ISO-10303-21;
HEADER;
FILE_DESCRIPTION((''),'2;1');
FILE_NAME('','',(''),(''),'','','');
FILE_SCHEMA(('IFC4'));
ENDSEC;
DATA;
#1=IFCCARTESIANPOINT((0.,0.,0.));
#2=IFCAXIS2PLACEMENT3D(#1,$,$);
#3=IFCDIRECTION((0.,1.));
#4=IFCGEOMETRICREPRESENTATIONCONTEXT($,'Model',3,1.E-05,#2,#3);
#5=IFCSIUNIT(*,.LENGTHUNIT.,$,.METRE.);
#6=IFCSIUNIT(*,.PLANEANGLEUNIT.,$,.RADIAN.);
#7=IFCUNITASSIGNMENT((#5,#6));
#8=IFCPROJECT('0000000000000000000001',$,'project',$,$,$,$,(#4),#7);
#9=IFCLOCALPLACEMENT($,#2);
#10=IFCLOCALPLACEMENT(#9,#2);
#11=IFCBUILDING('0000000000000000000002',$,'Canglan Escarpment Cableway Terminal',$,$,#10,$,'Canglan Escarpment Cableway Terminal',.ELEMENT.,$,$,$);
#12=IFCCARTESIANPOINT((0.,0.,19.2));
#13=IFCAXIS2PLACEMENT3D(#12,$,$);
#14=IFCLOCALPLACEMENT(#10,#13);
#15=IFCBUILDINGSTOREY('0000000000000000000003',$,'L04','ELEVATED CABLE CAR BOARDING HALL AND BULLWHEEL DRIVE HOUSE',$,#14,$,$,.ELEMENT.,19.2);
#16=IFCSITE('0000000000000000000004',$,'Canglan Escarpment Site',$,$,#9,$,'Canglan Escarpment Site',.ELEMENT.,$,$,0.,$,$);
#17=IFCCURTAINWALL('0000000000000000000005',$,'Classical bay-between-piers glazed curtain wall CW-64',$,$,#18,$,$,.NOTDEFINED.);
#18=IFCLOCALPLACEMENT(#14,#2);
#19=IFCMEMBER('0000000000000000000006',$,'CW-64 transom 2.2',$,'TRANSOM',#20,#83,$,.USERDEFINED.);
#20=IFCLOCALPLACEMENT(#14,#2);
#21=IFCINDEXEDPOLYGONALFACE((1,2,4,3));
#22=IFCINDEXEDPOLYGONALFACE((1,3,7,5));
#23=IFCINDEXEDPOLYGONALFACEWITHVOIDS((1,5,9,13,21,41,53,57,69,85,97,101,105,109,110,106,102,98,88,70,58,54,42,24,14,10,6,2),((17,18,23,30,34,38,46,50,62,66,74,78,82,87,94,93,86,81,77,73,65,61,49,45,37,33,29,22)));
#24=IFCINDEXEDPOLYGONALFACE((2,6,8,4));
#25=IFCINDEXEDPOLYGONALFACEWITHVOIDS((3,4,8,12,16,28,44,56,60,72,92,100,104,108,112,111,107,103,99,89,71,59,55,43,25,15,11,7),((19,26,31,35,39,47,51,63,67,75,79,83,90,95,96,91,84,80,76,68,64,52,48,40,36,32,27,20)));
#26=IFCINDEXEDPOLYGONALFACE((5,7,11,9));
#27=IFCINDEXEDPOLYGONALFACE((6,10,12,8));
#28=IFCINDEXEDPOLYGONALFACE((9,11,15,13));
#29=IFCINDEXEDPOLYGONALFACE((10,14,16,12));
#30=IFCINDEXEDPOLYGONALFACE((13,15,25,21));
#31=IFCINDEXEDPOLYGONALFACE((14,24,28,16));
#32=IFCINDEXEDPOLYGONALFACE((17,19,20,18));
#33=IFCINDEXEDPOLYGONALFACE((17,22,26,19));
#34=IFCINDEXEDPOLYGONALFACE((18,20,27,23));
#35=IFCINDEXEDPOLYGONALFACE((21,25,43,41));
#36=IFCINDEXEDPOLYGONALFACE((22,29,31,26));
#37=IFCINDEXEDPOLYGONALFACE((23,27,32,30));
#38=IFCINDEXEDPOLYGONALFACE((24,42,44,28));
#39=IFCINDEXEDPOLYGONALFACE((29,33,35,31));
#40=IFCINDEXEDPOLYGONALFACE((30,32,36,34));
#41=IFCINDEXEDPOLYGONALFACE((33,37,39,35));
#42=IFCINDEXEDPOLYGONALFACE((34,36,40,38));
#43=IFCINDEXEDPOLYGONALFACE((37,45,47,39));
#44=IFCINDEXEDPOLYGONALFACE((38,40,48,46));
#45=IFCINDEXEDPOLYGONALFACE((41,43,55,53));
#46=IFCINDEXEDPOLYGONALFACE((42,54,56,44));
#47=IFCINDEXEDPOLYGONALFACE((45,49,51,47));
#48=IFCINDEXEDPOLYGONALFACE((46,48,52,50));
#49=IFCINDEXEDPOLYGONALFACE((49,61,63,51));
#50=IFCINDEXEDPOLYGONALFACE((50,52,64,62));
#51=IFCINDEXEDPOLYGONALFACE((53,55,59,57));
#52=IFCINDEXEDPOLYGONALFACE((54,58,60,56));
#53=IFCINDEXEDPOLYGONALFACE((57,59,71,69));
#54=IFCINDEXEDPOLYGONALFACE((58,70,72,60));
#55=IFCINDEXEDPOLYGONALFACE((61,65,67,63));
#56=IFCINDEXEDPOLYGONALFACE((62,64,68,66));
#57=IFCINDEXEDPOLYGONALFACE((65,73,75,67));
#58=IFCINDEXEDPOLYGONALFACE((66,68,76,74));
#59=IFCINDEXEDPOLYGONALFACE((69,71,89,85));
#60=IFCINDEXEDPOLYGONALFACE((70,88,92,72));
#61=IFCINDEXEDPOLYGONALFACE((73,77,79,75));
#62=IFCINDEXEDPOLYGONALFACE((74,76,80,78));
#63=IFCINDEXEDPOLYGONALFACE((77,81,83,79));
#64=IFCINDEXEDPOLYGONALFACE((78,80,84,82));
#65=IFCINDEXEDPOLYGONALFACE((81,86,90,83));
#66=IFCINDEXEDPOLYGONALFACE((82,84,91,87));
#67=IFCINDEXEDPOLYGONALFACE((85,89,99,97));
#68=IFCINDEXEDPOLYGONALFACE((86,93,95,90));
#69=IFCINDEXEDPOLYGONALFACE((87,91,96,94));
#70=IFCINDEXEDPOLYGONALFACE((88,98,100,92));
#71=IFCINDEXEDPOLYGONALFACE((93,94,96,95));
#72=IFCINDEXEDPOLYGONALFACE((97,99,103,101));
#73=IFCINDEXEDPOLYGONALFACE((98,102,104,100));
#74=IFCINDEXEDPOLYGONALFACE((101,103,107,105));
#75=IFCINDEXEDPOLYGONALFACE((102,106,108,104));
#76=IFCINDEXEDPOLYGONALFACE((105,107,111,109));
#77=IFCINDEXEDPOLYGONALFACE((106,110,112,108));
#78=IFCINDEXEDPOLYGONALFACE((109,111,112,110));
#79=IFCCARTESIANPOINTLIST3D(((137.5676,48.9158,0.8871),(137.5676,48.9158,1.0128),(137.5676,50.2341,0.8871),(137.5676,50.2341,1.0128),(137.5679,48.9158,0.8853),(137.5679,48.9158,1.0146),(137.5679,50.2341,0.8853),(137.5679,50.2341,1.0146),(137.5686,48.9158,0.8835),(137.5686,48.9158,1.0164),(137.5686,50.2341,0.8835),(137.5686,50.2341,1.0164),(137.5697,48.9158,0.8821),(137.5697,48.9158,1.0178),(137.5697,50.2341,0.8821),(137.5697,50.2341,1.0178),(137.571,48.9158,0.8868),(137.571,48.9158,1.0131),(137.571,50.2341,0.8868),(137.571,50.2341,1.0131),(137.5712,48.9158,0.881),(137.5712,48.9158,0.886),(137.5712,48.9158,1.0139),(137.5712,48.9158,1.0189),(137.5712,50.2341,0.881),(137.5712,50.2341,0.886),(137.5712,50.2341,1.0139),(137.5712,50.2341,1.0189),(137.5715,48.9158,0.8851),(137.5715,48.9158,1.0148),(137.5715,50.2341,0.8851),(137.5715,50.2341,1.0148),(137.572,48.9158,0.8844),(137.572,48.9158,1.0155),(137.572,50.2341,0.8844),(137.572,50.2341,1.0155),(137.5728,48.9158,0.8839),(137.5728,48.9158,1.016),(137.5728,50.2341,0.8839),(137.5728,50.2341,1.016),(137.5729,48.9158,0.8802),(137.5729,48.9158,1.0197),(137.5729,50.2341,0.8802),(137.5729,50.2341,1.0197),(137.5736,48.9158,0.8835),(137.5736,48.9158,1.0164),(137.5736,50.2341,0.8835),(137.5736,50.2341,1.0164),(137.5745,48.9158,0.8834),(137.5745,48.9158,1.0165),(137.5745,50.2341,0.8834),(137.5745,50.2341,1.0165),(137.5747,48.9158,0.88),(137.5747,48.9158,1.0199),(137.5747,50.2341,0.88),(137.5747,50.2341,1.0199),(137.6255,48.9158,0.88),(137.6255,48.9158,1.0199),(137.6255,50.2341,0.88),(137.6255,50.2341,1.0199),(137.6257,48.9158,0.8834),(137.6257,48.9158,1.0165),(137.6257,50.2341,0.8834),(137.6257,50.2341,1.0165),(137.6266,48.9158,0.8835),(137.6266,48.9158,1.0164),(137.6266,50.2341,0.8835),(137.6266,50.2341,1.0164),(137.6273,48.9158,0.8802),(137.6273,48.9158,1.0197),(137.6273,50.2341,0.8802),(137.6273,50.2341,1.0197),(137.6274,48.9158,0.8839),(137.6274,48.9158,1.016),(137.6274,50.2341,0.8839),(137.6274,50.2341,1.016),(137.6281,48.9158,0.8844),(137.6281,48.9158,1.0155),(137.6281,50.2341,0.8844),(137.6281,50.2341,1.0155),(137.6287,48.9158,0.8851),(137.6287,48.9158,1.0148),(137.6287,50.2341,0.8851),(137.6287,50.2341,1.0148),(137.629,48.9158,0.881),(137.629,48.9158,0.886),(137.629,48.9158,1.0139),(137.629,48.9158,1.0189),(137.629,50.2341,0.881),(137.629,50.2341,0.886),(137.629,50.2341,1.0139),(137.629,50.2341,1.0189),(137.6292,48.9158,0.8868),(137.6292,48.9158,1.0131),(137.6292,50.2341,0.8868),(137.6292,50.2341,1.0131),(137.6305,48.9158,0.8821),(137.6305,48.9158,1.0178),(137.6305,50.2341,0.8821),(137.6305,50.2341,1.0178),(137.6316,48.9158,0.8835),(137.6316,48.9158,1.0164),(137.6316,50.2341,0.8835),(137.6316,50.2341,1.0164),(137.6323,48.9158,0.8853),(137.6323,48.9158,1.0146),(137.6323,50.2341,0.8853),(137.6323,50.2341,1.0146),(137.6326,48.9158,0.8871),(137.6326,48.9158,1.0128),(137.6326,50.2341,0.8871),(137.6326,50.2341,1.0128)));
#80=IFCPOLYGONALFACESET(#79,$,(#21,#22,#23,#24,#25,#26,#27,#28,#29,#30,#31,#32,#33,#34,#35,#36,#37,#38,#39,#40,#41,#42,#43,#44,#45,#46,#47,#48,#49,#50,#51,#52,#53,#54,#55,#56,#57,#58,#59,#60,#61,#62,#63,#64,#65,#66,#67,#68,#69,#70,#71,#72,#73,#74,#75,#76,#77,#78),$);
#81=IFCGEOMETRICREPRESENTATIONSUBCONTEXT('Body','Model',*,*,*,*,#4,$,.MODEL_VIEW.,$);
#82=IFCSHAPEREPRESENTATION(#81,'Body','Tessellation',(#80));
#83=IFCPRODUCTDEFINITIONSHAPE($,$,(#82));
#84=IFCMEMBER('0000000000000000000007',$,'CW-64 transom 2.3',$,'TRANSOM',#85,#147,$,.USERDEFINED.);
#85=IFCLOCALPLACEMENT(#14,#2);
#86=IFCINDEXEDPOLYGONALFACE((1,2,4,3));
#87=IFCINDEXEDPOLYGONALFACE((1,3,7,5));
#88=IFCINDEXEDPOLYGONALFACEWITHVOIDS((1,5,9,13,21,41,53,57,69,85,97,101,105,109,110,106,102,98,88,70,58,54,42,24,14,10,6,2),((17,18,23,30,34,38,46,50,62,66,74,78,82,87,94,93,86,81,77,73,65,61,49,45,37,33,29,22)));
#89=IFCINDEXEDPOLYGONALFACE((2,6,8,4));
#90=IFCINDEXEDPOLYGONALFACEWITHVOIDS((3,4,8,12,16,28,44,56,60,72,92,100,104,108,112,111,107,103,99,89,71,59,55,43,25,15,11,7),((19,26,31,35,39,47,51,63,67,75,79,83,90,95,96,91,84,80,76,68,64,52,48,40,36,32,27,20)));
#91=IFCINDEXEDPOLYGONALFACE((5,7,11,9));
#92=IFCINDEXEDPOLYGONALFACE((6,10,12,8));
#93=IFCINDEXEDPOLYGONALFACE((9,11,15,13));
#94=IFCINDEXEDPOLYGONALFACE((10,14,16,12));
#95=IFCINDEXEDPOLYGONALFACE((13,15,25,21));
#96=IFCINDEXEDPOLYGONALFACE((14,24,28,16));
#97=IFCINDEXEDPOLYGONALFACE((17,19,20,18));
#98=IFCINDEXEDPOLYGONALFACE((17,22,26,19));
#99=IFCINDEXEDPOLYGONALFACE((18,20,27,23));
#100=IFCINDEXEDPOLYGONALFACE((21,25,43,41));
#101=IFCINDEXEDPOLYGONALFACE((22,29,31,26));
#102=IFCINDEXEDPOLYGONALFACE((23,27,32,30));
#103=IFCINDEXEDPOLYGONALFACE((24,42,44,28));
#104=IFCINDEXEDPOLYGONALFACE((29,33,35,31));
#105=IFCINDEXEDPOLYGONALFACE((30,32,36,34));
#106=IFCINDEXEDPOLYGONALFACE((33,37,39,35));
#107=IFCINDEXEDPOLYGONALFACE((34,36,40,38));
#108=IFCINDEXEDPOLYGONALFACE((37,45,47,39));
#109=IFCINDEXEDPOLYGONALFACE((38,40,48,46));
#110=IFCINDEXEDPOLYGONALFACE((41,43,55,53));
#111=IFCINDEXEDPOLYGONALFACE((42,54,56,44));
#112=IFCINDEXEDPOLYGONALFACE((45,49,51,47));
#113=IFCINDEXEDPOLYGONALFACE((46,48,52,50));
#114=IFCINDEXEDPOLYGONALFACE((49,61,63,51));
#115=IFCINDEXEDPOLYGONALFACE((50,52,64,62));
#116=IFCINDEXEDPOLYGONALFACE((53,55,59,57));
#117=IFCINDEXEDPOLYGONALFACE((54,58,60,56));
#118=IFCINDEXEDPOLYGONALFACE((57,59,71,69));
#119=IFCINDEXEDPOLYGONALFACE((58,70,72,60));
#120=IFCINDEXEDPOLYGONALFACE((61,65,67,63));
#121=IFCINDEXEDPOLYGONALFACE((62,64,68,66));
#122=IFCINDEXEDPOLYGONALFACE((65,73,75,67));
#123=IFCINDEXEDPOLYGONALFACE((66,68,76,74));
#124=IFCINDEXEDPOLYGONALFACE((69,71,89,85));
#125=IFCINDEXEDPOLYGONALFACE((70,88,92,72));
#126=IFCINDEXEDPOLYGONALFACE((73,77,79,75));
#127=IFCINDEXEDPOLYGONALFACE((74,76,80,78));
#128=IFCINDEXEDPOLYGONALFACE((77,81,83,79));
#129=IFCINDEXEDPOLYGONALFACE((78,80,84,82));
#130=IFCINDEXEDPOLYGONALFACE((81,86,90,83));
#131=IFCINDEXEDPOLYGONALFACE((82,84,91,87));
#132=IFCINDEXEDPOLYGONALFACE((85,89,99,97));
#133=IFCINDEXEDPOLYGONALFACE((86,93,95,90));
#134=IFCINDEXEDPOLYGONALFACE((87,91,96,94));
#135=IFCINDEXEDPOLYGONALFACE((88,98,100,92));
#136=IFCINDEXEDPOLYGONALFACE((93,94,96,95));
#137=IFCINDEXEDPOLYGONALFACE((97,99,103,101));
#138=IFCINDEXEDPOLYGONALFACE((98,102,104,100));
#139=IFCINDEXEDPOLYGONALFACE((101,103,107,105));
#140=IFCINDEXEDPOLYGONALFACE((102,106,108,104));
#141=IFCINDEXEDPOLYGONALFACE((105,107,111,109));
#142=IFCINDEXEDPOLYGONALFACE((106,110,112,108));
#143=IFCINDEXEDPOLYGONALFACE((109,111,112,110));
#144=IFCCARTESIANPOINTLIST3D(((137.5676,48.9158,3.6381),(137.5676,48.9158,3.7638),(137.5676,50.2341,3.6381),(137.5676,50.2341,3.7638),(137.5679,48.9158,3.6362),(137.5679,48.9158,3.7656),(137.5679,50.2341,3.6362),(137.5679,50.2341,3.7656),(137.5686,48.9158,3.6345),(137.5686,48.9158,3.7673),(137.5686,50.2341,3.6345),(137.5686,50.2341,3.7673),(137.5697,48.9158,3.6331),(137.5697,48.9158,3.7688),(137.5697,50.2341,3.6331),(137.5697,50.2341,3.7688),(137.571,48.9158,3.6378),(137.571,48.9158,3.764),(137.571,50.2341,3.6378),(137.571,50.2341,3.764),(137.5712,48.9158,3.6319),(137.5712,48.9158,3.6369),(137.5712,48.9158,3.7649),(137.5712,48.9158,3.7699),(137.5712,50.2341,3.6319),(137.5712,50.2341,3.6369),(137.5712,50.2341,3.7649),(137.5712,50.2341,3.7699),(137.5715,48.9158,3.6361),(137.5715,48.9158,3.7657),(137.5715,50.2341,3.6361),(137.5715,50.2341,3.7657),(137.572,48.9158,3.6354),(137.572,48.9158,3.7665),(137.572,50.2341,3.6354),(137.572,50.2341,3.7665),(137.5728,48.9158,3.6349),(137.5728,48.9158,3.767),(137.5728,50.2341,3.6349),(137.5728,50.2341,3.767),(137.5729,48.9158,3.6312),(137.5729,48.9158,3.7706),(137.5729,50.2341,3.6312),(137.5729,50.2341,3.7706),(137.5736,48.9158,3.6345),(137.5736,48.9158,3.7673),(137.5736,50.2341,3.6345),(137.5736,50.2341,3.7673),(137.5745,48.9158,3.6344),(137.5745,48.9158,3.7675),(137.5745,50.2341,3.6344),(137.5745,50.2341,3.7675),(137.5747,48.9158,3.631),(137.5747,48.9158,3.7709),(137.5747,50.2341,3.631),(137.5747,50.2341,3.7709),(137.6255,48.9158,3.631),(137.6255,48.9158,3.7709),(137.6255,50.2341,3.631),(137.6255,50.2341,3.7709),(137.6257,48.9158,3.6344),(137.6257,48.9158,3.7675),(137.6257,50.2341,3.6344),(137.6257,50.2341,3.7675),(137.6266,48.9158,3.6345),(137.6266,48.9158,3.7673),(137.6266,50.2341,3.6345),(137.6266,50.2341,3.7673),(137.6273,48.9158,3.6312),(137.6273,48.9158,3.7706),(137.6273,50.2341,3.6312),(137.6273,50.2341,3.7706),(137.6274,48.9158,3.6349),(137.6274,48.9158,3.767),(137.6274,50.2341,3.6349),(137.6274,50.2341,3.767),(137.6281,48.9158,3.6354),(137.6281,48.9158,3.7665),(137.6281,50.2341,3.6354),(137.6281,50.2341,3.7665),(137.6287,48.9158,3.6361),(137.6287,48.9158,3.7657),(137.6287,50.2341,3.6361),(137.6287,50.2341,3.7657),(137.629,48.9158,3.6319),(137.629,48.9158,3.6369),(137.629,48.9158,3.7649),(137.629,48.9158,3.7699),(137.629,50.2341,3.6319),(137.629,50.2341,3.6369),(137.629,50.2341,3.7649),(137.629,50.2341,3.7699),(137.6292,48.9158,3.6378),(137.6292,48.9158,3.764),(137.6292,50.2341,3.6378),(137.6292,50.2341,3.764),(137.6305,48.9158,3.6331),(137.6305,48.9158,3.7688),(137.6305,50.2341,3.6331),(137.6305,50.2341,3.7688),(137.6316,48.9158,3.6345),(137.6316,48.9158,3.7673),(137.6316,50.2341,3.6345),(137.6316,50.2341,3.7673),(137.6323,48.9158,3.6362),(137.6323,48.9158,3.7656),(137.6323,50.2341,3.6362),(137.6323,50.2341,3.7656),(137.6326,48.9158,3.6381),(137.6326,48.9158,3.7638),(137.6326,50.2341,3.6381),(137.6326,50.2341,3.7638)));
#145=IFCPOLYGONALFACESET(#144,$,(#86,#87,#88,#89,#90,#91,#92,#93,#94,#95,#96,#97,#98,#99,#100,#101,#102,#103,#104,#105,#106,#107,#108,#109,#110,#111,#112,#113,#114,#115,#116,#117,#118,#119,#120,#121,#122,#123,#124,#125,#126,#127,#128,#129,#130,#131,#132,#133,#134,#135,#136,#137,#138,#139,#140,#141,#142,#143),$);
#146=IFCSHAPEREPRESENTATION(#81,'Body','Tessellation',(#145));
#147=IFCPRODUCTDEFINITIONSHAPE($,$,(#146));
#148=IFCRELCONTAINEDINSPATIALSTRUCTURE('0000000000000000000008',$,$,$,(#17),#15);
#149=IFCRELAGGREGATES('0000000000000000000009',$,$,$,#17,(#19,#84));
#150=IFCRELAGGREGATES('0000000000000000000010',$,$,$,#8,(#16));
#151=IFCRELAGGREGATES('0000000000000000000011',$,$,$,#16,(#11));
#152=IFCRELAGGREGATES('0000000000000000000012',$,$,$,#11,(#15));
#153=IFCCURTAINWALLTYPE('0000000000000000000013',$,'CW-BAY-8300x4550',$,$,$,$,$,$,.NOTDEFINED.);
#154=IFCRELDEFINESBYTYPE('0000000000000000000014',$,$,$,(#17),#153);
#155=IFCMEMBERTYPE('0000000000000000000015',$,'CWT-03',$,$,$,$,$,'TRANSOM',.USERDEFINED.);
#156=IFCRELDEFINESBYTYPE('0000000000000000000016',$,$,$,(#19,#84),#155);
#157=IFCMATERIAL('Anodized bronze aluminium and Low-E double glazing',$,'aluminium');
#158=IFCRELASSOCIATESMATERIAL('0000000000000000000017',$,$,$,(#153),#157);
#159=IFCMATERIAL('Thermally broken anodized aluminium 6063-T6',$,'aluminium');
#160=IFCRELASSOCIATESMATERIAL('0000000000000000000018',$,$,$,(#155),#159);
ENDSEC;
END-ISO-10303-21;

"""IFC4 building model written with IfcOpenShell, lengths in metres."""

from ifc_helpers import new_model, si_unit, direction, frame, origin, origin_2d, place, context, subcontext, project, spatial, hollow_rectangle, extrude, material, material_profile, profile_set, type_object, element, aggregate, save


model = new_model("IFC4")

# Units and contexts
model_context = context("Model", 3, precision=1e-05, world=origin(), true_north=direction((0.0, 1.0)))
body_context = subcontext(model_context, "Body", "Model", "MODEL_VIEW")
ifc_project = project(units=[si_unit("LENGTHUNIT", "METRE"), si_unit("PLANEANGLEUNIT", "RADIAN")], contexts=[model_context])

# Site, building, storey
site_placement = place(None, origin())
site = spatial("IfcSite", under=ifc_project, at=site_placement, Name="Canglan Escarpment Site", LongName="Canglan Escarpment Site", CompositionType="ELEMENT", RefElevation=0.0)
building_placement = place(site_placement, origin())
building = spatial("IfcBuilding", under=site, at=building_placement, Name="Canglan Escarpment Cableway Terminal", LongName="Canglan Escarpment Cableway Terminal", CompositionType="ELEMENT")
storey_placement = place(building_placement, frame((0.0, 0.0, 19.2)))
storey = spatial("IfcBuildingStorey", under=building, at=storey_placement, Name="L04", Description="ELEVATED CABLE CAR BOARDING HALL AND BULLWHEEL DRIVE HOUSE", CompositionType="ELEMENT", Elevation=19.2)

# Shared definitions
ifc_material_1 = material(Name="Anodized bronze aluminium and Low-E double glazing", Category="aluminium")
curtain_wall_type = type_object("IfcCurtainWallType", Name="CW-BAY-8300x4550", PredefinedType="NOTDEFINED", material=ifc_material_1)
ifc_material_2 = material(Name="Thermally broken anodized aluminium 6063-T6", Category="aluminium")

# Curtain wall
curtain_wall_1_placement = place(storey_placement, origin())
curtain_wall_1 = element("IfcCurtainWall", 1, at=curtain_wall_1_placement, inside=storey, type_object=curtain_wall_type, Name="Classical bay-between-piers glazed curtain wall CW-64", PredefinedType="NOTDEFINED")

# Members
ifc_material_profile_1 = material_profile(ifc_material_2, hollow_rectangle(XDim=0.0649, YDim=0.1399, WallThickness=0.0034, InnerFilletRadius=0.0034, OuterFilletRadius=0.0071, at=origin_2d()), Name="ALU-TRAN 65x140x3.5")
ifc_profile_set_1 = profile_set([ifc_material_profile_1], Name="Thermally broken anodized aluminium 6063-T6")
member_type_1 = type_object("IfcMemberType", Name="CWT-03", ElementType="TRANSOM", PredefinedType="USERDEFINED", material=ifc_profile_set_1)
member_1_placement = place(storey_placement, frame((137.6001, 50.2341, 0.95), z_axis=(0.0, -1.0, 0.0), x_axis=(1.0, 0.0, 0.0)))
member_1 = element("IfcMember", 2, at=member_1_placement, type_object=member_type_1, Name="CW-64 transom 2.2", ObjectType="TRANSOM", PredefinedType="USERDEFINED", context=body_context, shape_type="SweptSolid", body=[
    extrude(hollow_rectangle(XDim=0.0649, YDim=0.1399, WallThickness=0.0034, InnerFilletRadius=0.0034, OuterFilletRadius=0.0071, at=origin_2d()), origin(), (0.0, 0.0, 1.0), 1.3184),
])
member_2_placement = place(storey_placement, frame((137.6001, 50.2341, 3.7009), z_axis=(0.0, -1.0, 0.0), x_axis=(1.0, 0.0, 0.0)))
member_2 = element("IfcMember", 3, at=member_2_placement, type_object=member_type_1, Name="CW-64 transom 2.3", ObjectType="TRANSOM", PredefinedType="USERDEFINED", context=body_context, shape_type="SweptSolid", body=[
    extrude(hollow_rectangle(XDim=0.0649, YDim=0.1399, WallThickness=0.0034, InnerFilletRadius=0.0034, OuterFilletRadius=0.0071, at=origin_2d()), origin(), (0.0, 0.0, 1.0), 1.3184),
])

aggregate(curtain_wall_1, [member_1, member_2])

save(model, "model.ifc")
